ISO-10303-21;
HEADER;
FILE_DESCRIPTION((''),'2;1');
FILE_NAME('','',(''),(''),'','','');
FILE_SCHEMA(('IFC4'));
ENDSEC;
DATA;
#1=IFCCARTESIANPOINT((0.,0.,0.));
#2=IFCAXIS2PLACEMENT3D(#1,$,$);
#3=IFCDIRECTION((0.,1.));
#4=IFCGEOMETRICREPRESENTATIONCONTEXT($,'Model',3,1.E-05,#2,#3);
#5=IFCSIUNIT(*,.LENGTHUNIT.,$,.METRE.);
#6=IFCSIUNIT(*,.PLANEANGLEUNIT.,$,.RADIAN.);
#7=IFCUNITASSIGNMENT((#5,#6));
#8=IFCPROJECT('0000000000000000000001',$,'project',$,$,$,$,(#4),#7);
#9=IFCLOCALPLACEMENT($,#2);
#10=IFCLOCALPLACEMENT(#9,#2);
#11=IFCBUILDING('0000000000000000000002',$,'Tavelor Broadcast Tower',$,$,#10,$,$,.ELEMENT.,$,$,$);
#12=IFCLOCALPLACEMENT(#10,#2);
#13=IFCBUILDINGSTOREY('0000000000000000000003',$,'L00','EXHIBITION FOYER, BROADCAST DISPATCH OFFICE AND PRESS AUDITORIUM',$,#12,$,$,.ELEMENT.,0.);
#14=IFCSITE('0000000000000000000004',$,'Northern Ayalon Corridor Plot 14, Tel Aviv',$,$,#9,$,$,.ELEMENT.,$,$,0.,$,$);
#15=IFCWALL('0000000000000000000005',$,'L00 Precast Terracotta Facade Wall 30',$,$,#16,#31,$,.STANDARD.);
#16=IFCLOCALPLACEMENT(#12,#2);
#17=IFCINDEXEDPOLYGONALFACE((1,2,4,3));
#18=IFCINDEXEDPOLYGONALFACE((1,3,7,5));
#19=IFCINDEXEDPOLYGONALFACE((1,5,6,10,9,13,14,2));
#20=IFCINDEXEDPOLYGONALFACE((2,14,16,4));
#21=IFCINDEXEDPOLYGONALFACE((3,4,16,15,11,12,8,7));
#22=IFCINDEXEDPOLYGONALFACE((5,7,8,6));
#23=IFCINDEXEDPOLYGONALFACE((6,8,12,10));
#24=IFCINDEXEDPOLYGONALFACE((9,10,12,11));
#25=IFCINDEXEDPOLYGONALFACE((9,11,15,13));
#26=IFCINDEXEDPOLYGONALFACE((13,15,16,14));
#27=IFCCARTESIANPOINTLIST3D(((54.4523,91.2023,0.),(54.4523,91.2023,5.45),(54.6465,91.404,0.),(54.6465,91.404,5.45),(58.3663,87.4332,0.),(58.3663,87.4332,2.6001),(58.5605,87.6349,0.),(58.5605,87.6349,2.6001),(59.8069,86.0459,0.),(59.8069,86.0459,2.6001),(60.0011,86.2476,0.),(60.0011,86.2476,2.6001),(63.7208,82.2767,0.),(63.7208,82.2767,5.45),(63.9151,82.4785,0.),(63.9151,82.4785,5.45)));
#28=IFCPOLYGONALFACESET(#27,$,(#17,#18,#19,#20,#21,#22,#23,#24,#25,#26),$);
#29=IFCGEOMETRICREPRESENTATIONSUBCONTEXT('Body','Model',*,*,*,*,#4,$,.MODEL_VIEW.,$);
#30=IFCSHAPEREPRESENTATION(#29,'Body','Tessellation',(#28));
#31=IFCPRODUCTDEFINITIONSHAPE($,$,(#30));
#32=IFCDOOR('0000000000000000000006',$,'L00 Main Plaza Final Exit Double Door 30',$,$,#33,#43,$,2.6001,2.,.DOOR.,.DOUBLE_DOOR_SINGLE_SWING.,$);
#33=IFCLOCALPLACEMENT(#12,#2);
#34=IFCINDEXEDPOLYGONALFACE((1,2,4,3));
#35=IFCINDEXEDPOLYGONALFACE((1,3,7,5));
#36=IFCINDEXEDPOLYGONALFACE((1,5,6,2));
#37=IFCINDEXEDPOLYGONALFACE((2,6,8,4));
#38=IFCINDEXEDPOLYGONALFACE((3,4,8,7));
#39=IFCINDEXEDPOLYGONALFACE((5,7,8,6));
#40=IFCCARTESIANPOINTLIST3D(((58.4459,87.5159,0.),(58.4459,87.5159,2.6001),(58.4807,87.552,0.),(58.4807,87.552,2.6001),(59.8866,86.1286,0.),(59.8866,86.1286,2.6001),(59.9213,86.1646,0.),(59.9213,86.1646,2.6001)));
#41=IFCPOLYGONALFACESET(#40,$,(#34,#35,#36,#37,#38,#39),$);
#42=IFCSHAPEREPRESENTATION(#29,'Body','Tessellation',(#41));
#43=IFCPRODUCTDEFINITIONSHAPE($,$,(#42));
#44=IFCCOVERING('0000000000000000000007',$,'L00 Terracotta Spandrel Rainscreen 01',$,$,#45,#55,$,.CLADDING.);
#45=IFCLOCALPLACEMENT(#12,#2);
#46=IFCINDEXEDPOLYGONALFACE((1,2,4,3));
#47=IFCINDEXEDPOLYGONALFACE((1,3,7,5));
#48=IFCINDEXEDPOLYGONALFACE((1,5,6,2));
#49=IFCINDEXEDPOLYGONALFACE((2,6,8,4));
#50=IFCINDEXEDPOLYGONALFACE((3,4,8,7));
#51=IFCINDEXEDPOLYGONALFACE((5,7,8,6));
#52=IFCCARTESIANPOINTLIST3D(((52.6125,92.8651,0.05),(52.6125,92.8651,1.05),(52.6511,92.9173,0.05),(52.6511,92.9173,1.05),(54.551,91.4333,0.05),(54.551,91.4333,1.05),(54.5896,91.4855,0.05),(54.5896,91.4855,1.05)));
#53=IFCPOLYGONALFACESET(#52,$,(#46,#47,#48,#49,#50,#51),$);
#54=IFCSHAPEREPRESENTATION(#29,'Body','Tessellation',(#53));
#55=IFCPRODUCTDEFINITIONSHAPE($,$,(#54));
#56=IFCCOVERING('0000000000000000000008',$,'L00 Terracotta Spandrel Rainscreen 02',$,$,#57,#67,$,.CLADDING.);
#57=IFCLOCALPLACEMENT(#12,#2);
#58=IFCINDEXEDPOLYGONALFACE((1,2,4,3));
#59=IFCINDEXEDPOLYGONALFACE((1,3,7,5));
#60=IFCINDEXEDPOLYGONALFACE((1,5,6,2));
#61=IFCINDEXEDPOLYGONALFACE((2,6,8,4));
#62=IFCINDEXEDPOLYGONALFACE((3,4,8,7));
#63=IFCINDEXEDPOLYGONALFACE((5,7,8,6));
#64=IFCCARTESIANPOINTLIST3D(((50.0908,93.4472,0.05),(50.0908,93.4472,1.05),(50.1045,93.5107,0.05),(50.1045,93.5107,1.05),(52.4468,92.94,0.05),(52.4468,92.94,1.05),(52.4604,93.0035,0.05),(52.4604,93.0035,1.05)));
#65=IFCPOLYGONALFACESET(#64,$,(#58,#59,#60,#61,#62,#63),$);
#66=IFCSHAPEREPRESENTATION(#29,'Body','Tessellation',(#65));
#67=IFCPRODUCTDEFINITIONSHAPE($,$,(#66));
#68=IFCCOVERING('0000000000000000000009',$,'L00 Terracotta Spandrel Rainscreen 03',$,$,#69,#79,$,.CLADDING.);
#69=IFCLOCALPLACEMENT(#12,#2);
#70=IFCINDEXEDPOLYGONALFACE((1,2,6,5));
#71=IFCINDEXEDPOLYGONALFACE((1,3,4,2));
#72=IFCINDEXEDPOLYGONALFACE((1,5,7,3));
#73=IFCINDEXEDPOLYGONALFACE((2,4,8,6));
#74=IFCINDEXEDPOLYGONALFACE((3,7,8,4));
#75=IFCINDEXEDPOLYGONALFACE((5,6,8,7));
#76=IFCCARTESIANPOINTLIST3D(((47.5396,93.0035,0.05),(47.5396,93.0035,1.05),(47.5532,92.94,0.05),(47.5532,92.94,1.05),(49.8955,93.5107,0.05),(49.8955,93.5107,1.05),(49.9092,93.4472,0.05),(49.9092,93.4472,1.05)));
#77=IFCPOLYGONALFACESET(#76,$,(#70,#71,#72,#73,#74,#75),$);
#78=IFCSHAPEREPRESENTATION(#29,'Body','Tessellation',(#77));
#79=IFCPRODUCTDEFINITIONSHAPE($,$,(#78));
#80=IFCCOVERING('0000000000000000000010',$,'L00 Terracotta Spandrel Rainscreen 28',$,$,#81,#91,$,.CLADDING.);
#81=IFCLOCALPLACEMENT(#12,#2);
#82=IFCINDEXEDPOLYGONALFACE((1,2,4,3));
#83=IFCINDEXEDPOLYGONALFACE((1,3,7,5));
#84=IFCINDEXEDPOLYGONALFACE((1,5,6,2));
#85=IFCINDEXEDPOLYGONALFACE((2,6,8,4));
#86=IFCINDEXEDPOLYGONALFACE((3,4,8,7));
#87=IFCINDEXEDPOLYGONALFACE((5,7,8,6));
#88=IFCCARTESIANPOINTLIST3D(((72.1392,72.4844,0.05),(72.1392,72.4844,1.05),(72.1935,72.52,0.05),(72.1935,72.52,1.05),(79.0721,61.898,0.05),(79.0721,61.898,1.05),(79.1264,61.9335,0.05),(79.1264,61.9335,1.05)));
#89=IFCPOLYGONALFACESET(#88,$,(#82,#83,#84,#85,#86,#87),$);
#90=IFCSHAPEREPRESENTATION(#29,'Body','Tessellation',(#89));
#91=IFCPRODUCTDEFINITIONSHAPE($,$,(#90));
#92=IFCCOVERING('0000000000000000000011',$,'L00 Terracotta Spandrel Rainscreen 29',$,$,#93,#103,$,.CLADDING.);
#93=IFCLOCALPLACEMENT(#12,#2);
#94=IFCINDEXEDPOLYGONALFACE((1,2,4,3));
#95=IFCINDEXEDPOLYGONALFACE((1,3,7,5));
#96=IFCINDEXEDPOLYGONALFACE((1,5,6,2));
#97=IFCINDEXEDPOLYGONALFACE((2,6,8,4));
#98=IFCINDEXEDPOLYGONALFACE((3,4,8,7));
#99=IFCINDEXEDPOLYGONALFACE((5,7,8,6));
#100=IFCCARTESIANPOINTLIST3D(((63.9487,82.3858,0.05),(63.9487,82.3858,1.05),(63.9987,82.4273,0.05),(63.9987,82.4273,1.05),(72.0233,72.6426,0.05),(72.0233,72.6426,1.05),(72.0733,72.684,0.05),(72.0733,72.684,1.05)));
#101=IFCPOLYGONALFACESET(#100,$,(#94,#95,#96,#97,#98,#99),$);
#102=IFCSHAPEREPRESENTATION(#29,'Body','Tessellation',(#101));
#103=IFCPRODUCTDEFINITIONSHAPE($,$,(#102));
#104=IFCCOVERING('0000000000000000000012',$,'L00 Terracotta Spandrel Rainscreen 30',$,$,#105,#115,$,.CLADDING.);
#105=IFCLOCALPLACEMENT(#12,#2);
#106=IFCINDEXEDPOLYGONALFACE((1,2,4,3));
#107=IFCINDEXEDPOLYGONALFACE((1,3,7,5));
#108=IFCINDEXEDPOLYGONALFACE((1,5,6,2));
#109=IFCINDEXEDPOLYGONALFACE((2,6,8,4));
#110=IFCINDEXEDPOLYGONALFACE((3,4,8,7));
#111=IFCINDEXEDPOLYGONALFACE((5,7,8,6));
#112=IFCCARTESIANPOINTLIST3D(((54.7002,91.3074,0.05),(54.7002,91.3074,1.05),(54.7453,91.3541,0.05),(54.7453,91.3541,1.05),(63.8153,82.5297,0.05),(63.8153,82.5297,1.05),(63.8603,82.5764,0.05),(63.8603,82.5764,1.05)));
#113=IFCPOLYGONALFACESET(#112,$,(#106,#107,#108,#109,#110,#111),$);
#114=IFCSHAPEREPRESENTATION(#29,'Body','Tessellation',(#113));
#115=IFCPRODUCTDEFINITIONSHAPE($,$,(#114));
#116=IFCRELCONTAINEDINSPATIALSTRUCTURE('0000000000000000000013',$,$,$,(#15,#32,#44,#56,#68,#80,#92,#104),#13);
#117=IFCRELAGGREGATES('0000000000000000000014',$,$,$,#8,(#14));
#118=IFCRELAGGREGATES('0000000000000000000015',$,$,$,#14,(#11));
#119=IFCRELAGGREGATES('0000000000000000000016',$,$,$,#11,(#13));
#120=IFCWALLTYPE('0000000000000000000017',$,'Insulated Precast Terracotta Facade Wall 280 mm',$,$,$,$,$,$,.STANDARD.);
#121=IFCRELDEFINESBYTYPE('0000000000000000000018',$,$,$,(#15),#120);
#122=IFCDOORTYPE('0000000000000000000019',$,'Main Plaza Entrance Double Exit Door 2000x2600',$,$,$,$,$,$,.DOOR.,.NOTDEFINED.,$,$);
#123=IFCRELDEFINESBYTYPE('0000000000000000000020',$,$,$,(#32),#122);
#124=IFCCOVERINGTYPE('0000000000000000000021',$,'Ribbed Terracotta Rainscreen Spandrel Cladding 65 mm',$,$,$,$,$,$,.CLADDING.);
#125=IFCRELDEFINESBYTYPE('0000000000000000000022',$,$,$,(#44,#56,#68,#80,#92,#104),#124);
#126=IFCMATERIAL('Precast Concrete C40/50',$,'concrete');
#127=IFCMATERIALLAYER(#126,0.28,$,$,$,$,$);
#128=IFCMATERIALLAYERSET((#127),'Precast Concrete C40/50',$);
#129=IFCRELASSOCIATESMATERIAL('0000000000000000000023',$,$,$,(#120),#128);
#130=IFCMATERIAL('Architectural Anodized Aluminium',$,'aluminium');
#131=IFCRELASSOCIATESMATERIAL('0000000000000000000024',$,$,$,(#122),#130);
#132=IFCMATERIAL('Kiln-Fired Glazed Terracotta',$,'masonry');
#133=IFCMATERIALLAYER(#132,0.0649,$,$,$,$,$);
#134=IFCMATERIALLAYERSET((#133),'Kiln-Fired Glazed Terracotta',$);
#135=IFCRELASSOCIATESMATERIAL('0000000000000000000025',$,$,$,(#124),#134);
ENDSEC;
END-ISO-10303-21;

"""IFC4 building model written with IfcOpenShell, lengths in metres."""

from ifc_helpers import new_model, si_unit, direction, frame, frame_2d, origin, origin_2d, place, context, subcontext, project, spatial, rectangle, extrude, material, layer, layer_set, type_object, element, fill, save


model = new_model("IFC4")

# Units and contexts
model_context = context("Model", 3, precision=1e-05, world=origin(), true_north=direction((0.0, 1.0)))
body_context = subcontext(model_context, "Body", "Model", "MODEL_VIEW")
ifc_project = project(units=[si_unit("LENGTHUNIT", "METRE"), si_unit("PLANEANGLEUNIT", "RADIAN")], contexts=[model_context])

# Site, building, storey
site_placement = place(None, origin())
site = spatial("IfcSite", under=ifc_project, at=site_placement, Name="Northern Ayalon Corridor Plot 14, Tel Aviv", CompositionType="ELEMENT", RefElevation=0.0)
building_placement = place(site_placement, origin())
building = spatial("IfcBuilding", under=site, at=building_placement, Name="Tavelor Broadcast Tower", CompositionType="ELEMENT")
storey_placement = place(building_placement, origin())
storey = spatial("IfcBuildingStorey", under=building, at=storey_placement, Name="L00", Description="EXHIBITION FOYER, BROADCAST DISPATCH OFFICE AND PRESS AUDITORIUM", CompositionType="ELEMENT", Elevation=0.0)

# Shared definitions
ifc_material_1 = material(Name="Precast Concrete C40/50", Category="concrete")
ifc_layer_1 = layer(ifc_material_1, 0.28)
ifc_layer_set_1 = layer_set([ifc_layer_1], Name="Precast Concrete C40/50")
wall_type = type_object("IfcWallType", Name="Insulated Precast Terracotta Facade Wall 280 mm", PredefinedType="STANDARD", material=ifc_layer_set_1)

# Wall, opening, door
ifc_material_2 = material(Name="Architectural Anodized Aluminium", Category="aluminium")
door_type = type_object("IfcDoorType", Name="Main Plaza Entrance Double Exit Door 2000x2600", OperationType="NOTDEFINED", PredefinedType="DOOR", material=ifc_material_2)
wall_1_placement = place(storey_placement, frame((63.8179, 82.3777, 0.0), z_axis=(0.0, 0.0, 1.0), x_axis=(-0.72031, 0.693652, 0.0)))
wall_1 = element("IfcWall", 1, at=wall_1_placement, inside=storey, type_object=wall_type, Name="L00 Precast Terracotta Facade Wall 30", PredefinedType="STANDARD", context=body_context, shape_type="SweptSolid", body=[
    extrude(rectangle(XDim=12.8674, YDim=0.28, at=frame_2d((6.4336, 0.0))), origin(), (0.0, 0.0, 1.0), 5.45),
])
opening_1_placement = place(wall_1_placement, frame((5.4336, 0.0, 0.0)))
opening_1 = element("IfcOpeningElement", 2, at=opening_1_placement, cuts=wall_1, PredefinedType="OPENING", context=body_context, shape_type="SweptSolid", body=[
    extrude(rectangle(XDim=2.0, YDim=2.6001, at=frame_2d((1.0, 1.3))), frame((0.0, 0.1499, 0.0), z_axis=(0.0, -1.0, 0.0), x_axis=(1.0, 0.0, 0.0)), (0.0, 0.0, 1.0), 0.3),
])
door_1_placement = place(opening_1_placement, frame((2.0, 0.0, 0.0), z_axis=(0.0, 0.0, 1.0), x_axis=(-1.0, 0.0, 0.0)))
door_1 = element("IfcDoor", 3, at=door_1_placement, inside=storey, type_object=door_type, Name="L00 Main Plaza Final Exit Double Door 30", OperationType="DOUBLE_DOOR_SINGLE_SWING", OverallHeight=2.6001, OverallWidth=2.0, PredefinedType="DOOR", context=body_context, shape_type="SweptSolid", body=[
    extrude(rectangle(XDim=2.0, YDim=2.6001, at=frame_2d((1.0, 1.3))), frame((0.0, 0.0249, 0.0), z_axis=(0.0, -1.0, 0.0), x_axis=(1.0, 0.0, 0.0)), (0.0, 0.0, 1.0), 0.05),
])
fill(opening_1, door_1)

# Coverings
ifc_material_3 = material(Name="Kiln-Fired Glazed Terracotta", Category="masonry")
ifc_layer_2 = layer(ifc_material_3, 0.0649)
ifc_layer_set_2 = layer_set([ifc_layer_2], Name="Kiln-Fired Glazed Terracotta")
covering_type = type_object("IfcCoveringType", Name="Ribbed Terracotta Rainscreen Spandrel Cladding 65 mm", PredefinedType="CLADDING", material=ifc_layer_set_2)
for number, where, z_axis, x_axis, name in (
    (4, (53.6011, 92.1753, 0.05), (0.0, 0.0, 1.0), (-0.804376, 0.594121, 0.0), "L00 Terracotta Spandrel Rainscreen 01"),
    (5, (51.2756, 93.2253, 0.05), (0.0, 0.0, 1.0), (-0.9776, 0.210472, 0.0), "L00 Terracotta Spandrel Rainscreen 02"),
    (6, (48.7244, 93.2253, 0.05), (0.0, 0.0, 1.0), (-0.9776, -0.210472, 0.0), "L00 Terracotta Spandrel Rainscreen 03"),
):
    element("IfcCovering", number, at=place(storey_placement, frame(where, z_axis=z_axis, x_axis=x_axis)), inside=storey, type_object=covering_type, Name=name, PredefinedType="CLADDING", context=body_context, shape_type="SweptSolid", body=[
        extrude(rectangle(XDim=2.4099, YDim=0.0649, at=origin_2d()), origin(), (0.0, 0.0, 1.0), 1.0),
    ])
covering_placement = place(storey_placement, frame((75.6328, 67.209, 0.05), z_axis=(0.0, 0.0, 1.0), x_axis=(-0.547855, 0.836573, 0.0)))
element("IfcCovering", 7, at=covering_placement, inside=storey, type_object=covering_type, Name="L00 Terracotta Spandrel Rainscreen 28", PredefinedType="CLADDING", context=body_context, shape_type="SweptSolid", body=[
    extrude(rectangle(XDim=12.6545, YDim=0.0649, at=origin_2d()), origin(), (0.0, 0.0, 1.0), 1.0),
])
for number, where, z_axis, x_axis, name in (
    (8, (68.011, 77.5349, 0.05), (0.0, 0.0, 1.0), (-0.638096, 0.769957, 0.0), "L00 Terracotta Spandrel Rainscreen 29"),
    (9, (59.2803, 86.9419, 0.05), (0.0, 0.0, 1.0), (-0.720309, 0.693653, 0.0), "L00 Terracotta Spandrel Rainscreen 30"),
):
    element("IfcCovering", number, at=place(storey_placement, frame(where, z_axis=z_axis, x_axis=x_axis)), inside=storey, type_object=covering_type, Name=name, PredefinedType="CLADDING", context=body_context, shape_type="SweptSolid", body=[
        extrude(rectangle(XDim=12.6543, YDim=0.0649, at=origin_2d()), origin(), (0.0, 0.0, 1.0), 1.0),
    ])

save(model, "model.ifc")
